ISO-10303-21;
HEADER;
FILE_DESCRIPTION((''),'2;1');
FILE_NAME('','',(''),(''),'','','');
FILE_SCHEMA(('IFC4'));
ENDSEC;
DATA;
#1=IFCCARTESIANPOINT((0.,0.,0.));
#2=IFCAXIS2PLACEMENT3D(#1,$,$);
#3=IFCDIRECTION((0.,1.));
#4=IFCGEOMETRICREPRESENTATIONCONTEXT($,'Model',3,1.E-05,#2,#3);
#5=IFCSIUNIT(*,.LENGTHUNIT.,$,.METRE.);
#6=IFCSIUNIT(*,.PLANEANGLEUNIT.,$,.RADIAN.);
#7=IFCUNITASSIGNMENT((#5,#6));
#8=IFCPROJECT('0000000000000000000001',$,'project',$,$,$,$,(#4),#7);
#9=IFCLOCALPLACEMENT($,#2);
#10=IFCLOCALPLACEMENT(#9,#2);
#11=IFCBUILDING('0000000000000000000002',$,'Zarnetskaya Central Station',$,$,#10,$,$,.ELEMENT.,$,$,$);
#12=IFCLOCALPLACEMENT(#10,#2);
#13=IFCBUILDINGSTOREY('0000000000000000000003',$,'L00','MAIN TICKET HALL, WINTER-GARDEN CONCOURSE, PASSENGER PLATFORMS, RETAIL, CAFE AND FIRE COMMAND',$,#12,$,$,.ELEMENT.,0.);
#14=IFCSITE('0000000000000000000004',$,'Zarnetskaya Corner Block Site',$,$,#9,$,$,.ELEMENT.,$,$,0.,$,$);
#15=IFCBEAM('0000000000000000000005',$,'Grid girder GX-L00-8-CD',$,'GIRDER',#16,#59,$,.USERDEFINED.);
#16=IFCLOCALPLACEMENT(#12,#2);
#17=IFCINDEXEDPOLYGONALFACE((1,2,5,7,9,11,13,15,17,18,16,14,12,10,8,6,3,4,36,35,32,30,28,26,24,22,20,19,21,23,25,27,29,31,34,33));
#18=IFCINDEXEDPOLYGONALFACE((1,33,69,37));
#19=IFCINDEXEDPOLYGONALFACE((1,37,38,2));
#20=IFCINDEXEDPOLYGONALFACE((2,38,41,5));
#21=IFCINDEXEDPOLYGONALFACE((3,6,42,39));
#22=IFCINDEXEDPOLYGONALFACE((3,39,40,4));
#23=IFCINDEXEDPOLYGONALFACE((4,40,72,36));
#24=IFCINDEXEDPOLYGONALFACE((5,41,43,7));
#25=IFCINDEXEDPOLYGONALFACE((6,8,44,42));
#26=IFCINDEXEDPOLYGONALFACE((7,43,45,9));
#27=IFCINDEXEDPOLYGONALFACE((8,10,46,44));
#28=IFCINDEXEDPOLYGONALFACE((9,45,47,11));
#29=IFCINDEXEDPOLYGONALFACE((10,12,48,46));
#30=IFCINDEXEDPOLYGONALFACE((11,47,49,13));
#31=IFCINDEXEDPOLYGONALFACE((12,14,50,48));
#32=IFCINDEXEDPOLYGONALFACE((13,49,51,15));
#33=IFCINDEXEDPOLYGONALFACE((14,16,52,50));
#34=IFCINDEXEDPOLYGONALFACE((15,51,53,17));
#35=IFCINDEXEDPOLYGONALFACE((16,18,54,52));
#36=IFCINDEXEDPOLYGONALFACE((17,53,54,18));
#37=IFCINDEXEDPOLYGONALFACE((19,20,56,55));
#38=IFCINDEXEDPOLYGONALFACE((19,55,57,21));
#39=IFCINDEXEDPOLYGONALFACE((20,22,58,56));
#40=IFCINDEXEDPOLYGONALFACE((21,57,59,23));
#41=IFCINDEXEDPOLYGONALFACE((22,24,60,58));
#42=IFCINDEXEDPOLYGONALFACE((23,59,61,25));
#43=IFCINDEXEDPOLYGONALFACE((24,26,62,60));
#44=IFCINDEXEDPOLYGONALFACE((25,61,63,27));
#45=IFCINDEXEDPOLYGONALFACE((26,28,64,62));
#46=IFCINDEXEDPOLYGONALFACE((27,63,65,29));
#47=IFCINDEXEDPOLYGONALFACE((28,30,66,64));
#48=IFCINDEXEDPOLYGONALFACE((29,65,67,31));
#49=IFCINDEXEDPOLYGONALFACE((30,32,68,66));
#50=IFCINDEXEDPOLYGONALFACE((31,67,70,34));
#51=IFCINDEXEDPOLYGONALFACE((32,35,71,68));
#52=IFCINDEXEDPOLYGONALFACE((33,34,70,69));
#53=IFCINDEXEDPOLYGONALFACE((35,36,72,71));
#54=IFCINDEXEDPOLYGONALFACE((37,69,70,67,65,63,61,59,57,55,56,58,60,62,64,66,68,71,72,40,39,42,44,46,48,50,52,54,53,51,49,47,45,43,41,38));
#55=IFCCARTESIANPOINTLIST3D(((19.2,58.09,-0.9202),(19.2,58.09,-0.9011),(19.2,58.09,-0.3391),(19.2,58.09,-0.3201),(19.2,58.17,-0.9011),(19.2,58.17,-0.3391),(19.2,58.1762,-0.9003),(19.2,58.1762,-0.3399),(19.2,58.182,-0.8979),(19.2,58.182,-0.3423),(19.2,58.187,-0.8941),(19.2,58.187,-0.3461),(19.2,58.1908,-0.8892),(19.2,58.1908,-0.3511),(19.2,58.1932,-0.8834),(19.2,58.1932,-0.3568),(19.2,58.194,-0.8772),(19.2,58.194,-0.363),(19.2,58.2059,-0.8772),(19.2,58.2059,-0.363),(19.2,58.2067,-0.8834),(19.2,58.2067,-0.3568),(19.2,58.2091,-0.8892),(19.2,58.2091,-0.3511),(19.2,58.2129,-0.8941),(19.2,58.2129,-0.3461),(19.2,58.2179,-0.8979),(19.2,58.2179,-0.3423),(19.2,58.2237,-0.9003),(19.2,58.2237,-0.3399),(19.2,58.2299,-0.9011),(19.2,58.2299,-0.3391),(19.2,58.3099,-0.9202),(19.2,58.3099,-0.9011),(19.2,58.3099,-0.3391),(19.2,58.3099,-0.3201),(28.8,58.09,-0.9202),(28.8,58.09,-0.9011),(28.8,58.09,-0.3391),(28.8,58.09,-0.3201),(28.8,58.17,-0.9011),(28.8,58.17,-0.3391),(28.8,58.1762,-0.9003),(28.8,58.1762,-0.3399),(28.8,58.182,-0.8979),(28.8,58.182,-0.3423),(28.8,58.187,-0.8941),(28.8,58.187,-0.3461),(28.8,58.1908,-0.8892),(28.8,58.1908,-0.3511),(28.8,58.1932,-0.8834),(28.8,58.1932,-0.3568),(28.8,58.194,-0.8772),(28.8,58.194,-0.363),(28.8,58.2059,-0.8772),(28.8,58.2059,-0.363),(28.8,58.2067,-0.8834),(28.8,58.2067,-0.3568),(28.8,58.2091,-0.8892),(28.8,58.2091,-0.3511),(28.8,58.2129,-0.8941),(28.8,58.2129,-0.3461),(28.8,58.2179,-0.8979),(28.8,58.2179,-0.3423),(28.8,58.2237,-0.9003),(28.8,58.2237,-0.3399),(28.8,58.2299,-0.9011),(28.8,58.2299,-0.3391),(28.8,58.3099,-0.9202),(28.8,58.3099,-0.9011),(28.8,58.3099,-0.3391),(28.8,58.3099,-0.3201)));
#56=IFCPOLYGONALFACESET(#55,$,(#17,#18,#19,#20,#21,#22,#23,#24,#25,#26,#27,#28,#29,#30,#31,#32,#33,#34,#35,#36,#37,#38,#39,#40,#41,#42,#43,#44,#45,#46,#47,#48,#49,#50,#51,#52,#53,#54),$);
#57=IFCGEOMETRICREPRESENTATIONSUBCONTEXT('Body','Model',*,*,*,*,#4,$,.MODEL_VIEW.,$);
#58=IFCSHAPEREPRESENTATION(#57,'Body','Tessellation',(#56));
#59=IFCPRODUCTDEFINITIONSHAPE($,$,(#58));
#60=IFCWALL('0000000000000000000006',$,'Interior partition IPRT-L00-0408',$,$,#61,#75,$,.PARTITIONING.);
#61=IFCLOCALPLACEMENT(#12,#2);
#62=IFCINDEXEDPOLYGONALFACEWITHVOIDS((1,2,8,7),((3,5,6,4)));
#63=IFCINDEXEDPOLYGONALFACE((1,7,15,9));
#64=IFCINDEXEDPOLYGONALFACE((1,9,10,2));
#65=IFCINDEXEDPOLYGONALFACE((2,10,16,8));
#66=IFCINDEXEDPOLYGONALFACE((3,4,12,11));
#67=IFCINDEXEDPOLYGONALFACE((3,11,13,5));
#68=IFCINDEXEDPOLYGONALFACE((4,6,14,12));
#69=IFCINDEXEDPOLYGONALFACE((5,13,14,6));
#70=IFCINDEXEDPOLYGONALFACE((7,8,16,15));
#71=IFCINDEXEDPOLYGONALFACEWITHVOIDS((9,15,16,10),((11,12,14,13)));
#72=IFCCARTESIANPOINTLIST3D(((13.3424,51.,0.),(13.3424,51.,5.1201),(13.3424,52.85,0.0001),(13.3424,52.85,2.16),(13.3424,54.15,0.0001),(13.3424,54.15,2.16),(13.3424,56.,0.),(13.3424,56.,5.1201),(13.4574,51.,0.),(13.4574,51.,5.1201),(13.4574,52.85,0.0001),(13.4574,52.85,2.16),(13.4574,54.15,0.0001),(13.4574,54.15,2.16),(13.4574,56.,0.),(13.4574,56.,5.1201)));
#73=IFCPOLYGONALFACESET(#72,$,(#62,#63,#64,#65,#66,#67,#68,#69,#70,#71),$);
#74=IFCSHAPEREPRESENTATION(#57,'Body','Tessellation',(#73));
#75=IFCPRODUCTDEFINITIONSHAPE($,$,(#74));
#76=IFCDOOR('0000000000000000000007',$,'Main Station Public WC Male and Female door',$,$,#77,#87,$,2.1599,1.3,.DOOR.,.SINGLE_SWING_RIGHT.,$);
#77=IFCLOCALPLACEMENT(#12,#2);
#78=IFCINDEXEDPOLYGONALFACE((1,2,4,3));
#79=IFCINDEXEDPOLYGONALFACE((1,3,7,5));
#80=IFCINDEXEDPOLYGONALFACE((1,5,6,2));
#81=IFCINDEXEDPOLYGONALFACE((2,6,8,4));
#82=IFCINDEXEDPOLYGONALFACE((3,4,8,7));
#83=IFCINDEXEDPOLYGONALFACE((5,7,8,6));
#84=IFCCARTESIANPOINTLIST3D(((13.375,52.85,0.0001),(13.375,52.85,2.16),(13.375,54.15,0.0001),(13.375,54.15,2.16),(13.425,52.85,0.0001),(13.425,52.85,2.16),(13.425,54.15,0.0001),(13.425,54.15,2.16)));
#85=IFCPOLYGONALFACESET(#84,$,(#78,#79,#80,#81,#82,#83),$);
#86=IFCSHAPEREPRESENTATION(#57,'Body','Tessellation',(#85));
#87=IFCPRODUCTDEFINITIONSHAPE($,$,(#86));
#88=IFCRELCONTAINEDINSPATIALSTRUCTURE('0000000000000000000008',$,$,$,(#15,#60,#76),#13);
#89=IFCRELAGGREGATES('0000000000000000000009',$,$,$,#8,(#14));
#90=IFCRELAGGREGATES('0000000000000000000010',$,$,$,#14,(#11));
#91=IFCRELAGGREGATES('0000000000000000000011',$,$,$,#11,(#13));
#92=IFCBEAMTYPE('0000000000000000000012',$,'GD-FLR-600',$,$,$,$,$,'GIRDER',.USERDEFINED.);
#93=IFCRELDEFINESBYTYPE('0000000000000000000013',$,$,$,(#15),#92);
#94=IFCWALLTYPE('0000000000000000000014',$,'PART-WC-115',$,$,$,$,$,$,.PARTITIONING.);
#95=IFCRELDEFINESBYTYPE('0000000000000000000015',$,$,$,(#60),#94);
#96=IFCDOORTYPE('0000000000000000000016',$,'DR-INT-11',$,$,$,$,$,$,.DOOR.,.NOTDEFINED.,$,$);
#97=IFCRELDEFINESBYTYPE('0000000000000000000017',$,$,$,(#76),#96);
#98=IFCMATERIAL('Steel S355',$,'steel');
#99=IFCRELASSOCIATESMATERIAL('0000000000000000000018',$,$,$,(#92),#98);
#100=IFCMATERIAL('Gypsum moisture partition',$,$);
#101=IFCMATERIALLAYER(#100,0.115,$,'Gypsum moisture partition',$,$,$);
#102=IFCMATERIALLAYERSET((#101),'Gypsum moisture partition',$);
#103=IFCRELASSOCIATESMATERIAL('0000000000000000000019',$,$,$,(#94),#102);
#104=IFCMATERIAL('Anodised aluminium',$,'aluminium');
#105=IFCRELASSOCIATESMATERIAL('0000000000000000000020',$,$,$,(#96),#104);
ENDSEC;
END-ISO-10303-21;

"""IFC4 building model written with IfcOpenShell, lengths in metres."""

from ifc_helpers import new_model, si_unit, direction, frame, frame_2d, origin, origin_2d, place, context, subcontext, project, spatial, rectangle, i_section, extrude, material, layer, layer_set, material_profile, profile_set, type_object, element, fill, save


model = new_model("IFC4")

# Units and contexts
model_context = context("Model", 3, precision=1e-05, world=origin(), true_north=direction((0.0, 1.0)))
body_context = subcontext(model_context, "Body", "Model", "MODEL_VIEW")
ifc_project = project(units=[si_unit("LENGTHUNIT", "METRE"), si_unit("PLANEANGLEUNIT", "RADIAN")], contexts=[model_context])

# Site, building, storey
site_placement = place(None, origin())
site = spatial("IfcSite", under=ifc_project, at=site_placement, Name="Zarnetskaya Corner Block Site", CompositionType="ELEMENT", RefElevation=0.0)
building_placement = place(site_placement, origin())
building = spatial("IfcBuilding", under=site, at=building_placement, Name="Zarnetskaya Central Station", CompositionType="ELEMENT")
storey_placement = place(building_placement, origin())
storey = spatial("IfcBuildingStorey", under=building, at=storey_placement, Name="L00", Description="MAIN TICKET HALL, WINTER-GARDEN CONCOURSE, PASSENGER PLATFORMS, RETAIL, CAFE AND FIRE COMMAND", CompositionType="ELEMENT", Elevation=0.0)

# Shared definitions
ifc_material_1 = material(Name="Steel S355", Category="steel")

# Beam
ifc_material_profile_1 = material_profile(ifc_material_1, i_section(OverallWidth=0.22, OverallDepth=0.6001, WebThickness=0.012, FlangeThickness=0.019, FilletRadius=0.0239, at=origin_2d()), Name="IPE 600")
ifc_profile_set_1 = profile_set([ifc_material_profile_1], Name="Steel S355")
beam_type_1 = type_object("IfcBeamType", Name="GD-FLR-600", ElementType="GIRDER", PredefinedType="USERDEFINED", material=ifc_profile_set_1)
for number, where, z_axis, x_axis, name in (
    (1, (19.2, 58.2, -0.6201), (1.0, 0.0, 0.0), (0.0, 1.0, 0.0), "Grid girder GX-L00-8-CD"),
):
    element("IfcBeam", number, at=place(storey_placement, frame(where, z_axis=z_axis, x_axis=x_axis)), inside=storey, type_object=beam_type_1, Name=name, ObjectType="GIRDER", PredefinedType="USERDEFINED", context=body_context, shape_type="SweptSolid", body=[
        extrude(i_section(OverallWidth=0.22, OverallDepth=0.6001, WebThickness=0.012, FlangeThickness=0.019, FilletRadius=0.0239, at=origin_2d()), origin(), (0.0, 0.0, 1.0), 9.6001),
    ])

# Wall, opening, door
ifc_material_2 = material(Name="Gypsum moisture partition")
ifc_layer = layer(ifc_material_2, 0.115, Name="Gypsum moisture partition")
ifc_layer_set = layer_set([ifc_layer], Name="Gypsum moisture partition")
wall_type = type_object("IfcWallType", Name="PART-WC-115", PredefinedType="PARTITIONING", material=ifc_layer_set)
wall_placement = place(storey_placement, frame((13.3999, 51.0, 0.0), z_axis=(0.0, 0.0, 1.0), x_axis=(0.0, 1.0, 0.0)))
wall = element("IfcWall", 2, at=wall_placement, inside=storey, type_object=wall_type, Name="Interior partition IPRT-L00-0408", PredefinedType="PARTITIONING", context=body_context, shape_type="SweptSolid", body=[
    extrude(rectangle(XDim=5.0, YDim=0.115, at=frame_2d((2.5, 0.0))), origin(), (0.0, 0.0, 1.0), 5.1201),
])
opening_placement = place(wall_placement, frame((1.8501, 0.0, 0.0)))
opening = element("IfcOpeningElement", 3, at=opening_placement, cuts=wall, PredefinedType="OPENING", context=body_context, shape_type="SweptSolid", body=[
    extrude(rectangle(XDim=1.3, YDim=2.1599, at=frame_2d((0.6499, 1.0801))), frame((0.0, 0.0674, 0.0), z_axis=(0.0, -1.0, 0.0), x_axis=(1.0, 0.0, 0.0)), (0.0, 0.0, 1.0), 0.135),
])
ifc_material_3 = material(Name="Anodised aluminium", Category="aluminium")
door_type = type_object("IfcDoorType", Name="DR-INT-11", OperationType="NOTDEFINED", PredefinedType="DOOR", material=ifc_material_3)
door_placement = place(opening_placement, origin())
door = element("IfcDoor", 4, at=door_placement, inside=storey, type_object=door_type, Name="Main Station Public WC Male and Female door", OperationType="SINGLE_SWING_RIGHT", OverallHeight=2.1599, OverallWidth=1.3, PredefinedType="DOOR", context=body_context, shape_type="SweptSolid", body=[
    extrude(rectangle(XDim=1.3, YDim=2.1599, at=frame_2d((0.6499, 1.0801))), frame((0.0, 0.0249, 0.0), z_axis=(0.0, -1.0, 0.0), x_axis=(1.0, 0.0, 0.0)), (0.0, 0.0, 1.0), 0.05),
])
fill(opening, door)

save(model, "model.ifc")
